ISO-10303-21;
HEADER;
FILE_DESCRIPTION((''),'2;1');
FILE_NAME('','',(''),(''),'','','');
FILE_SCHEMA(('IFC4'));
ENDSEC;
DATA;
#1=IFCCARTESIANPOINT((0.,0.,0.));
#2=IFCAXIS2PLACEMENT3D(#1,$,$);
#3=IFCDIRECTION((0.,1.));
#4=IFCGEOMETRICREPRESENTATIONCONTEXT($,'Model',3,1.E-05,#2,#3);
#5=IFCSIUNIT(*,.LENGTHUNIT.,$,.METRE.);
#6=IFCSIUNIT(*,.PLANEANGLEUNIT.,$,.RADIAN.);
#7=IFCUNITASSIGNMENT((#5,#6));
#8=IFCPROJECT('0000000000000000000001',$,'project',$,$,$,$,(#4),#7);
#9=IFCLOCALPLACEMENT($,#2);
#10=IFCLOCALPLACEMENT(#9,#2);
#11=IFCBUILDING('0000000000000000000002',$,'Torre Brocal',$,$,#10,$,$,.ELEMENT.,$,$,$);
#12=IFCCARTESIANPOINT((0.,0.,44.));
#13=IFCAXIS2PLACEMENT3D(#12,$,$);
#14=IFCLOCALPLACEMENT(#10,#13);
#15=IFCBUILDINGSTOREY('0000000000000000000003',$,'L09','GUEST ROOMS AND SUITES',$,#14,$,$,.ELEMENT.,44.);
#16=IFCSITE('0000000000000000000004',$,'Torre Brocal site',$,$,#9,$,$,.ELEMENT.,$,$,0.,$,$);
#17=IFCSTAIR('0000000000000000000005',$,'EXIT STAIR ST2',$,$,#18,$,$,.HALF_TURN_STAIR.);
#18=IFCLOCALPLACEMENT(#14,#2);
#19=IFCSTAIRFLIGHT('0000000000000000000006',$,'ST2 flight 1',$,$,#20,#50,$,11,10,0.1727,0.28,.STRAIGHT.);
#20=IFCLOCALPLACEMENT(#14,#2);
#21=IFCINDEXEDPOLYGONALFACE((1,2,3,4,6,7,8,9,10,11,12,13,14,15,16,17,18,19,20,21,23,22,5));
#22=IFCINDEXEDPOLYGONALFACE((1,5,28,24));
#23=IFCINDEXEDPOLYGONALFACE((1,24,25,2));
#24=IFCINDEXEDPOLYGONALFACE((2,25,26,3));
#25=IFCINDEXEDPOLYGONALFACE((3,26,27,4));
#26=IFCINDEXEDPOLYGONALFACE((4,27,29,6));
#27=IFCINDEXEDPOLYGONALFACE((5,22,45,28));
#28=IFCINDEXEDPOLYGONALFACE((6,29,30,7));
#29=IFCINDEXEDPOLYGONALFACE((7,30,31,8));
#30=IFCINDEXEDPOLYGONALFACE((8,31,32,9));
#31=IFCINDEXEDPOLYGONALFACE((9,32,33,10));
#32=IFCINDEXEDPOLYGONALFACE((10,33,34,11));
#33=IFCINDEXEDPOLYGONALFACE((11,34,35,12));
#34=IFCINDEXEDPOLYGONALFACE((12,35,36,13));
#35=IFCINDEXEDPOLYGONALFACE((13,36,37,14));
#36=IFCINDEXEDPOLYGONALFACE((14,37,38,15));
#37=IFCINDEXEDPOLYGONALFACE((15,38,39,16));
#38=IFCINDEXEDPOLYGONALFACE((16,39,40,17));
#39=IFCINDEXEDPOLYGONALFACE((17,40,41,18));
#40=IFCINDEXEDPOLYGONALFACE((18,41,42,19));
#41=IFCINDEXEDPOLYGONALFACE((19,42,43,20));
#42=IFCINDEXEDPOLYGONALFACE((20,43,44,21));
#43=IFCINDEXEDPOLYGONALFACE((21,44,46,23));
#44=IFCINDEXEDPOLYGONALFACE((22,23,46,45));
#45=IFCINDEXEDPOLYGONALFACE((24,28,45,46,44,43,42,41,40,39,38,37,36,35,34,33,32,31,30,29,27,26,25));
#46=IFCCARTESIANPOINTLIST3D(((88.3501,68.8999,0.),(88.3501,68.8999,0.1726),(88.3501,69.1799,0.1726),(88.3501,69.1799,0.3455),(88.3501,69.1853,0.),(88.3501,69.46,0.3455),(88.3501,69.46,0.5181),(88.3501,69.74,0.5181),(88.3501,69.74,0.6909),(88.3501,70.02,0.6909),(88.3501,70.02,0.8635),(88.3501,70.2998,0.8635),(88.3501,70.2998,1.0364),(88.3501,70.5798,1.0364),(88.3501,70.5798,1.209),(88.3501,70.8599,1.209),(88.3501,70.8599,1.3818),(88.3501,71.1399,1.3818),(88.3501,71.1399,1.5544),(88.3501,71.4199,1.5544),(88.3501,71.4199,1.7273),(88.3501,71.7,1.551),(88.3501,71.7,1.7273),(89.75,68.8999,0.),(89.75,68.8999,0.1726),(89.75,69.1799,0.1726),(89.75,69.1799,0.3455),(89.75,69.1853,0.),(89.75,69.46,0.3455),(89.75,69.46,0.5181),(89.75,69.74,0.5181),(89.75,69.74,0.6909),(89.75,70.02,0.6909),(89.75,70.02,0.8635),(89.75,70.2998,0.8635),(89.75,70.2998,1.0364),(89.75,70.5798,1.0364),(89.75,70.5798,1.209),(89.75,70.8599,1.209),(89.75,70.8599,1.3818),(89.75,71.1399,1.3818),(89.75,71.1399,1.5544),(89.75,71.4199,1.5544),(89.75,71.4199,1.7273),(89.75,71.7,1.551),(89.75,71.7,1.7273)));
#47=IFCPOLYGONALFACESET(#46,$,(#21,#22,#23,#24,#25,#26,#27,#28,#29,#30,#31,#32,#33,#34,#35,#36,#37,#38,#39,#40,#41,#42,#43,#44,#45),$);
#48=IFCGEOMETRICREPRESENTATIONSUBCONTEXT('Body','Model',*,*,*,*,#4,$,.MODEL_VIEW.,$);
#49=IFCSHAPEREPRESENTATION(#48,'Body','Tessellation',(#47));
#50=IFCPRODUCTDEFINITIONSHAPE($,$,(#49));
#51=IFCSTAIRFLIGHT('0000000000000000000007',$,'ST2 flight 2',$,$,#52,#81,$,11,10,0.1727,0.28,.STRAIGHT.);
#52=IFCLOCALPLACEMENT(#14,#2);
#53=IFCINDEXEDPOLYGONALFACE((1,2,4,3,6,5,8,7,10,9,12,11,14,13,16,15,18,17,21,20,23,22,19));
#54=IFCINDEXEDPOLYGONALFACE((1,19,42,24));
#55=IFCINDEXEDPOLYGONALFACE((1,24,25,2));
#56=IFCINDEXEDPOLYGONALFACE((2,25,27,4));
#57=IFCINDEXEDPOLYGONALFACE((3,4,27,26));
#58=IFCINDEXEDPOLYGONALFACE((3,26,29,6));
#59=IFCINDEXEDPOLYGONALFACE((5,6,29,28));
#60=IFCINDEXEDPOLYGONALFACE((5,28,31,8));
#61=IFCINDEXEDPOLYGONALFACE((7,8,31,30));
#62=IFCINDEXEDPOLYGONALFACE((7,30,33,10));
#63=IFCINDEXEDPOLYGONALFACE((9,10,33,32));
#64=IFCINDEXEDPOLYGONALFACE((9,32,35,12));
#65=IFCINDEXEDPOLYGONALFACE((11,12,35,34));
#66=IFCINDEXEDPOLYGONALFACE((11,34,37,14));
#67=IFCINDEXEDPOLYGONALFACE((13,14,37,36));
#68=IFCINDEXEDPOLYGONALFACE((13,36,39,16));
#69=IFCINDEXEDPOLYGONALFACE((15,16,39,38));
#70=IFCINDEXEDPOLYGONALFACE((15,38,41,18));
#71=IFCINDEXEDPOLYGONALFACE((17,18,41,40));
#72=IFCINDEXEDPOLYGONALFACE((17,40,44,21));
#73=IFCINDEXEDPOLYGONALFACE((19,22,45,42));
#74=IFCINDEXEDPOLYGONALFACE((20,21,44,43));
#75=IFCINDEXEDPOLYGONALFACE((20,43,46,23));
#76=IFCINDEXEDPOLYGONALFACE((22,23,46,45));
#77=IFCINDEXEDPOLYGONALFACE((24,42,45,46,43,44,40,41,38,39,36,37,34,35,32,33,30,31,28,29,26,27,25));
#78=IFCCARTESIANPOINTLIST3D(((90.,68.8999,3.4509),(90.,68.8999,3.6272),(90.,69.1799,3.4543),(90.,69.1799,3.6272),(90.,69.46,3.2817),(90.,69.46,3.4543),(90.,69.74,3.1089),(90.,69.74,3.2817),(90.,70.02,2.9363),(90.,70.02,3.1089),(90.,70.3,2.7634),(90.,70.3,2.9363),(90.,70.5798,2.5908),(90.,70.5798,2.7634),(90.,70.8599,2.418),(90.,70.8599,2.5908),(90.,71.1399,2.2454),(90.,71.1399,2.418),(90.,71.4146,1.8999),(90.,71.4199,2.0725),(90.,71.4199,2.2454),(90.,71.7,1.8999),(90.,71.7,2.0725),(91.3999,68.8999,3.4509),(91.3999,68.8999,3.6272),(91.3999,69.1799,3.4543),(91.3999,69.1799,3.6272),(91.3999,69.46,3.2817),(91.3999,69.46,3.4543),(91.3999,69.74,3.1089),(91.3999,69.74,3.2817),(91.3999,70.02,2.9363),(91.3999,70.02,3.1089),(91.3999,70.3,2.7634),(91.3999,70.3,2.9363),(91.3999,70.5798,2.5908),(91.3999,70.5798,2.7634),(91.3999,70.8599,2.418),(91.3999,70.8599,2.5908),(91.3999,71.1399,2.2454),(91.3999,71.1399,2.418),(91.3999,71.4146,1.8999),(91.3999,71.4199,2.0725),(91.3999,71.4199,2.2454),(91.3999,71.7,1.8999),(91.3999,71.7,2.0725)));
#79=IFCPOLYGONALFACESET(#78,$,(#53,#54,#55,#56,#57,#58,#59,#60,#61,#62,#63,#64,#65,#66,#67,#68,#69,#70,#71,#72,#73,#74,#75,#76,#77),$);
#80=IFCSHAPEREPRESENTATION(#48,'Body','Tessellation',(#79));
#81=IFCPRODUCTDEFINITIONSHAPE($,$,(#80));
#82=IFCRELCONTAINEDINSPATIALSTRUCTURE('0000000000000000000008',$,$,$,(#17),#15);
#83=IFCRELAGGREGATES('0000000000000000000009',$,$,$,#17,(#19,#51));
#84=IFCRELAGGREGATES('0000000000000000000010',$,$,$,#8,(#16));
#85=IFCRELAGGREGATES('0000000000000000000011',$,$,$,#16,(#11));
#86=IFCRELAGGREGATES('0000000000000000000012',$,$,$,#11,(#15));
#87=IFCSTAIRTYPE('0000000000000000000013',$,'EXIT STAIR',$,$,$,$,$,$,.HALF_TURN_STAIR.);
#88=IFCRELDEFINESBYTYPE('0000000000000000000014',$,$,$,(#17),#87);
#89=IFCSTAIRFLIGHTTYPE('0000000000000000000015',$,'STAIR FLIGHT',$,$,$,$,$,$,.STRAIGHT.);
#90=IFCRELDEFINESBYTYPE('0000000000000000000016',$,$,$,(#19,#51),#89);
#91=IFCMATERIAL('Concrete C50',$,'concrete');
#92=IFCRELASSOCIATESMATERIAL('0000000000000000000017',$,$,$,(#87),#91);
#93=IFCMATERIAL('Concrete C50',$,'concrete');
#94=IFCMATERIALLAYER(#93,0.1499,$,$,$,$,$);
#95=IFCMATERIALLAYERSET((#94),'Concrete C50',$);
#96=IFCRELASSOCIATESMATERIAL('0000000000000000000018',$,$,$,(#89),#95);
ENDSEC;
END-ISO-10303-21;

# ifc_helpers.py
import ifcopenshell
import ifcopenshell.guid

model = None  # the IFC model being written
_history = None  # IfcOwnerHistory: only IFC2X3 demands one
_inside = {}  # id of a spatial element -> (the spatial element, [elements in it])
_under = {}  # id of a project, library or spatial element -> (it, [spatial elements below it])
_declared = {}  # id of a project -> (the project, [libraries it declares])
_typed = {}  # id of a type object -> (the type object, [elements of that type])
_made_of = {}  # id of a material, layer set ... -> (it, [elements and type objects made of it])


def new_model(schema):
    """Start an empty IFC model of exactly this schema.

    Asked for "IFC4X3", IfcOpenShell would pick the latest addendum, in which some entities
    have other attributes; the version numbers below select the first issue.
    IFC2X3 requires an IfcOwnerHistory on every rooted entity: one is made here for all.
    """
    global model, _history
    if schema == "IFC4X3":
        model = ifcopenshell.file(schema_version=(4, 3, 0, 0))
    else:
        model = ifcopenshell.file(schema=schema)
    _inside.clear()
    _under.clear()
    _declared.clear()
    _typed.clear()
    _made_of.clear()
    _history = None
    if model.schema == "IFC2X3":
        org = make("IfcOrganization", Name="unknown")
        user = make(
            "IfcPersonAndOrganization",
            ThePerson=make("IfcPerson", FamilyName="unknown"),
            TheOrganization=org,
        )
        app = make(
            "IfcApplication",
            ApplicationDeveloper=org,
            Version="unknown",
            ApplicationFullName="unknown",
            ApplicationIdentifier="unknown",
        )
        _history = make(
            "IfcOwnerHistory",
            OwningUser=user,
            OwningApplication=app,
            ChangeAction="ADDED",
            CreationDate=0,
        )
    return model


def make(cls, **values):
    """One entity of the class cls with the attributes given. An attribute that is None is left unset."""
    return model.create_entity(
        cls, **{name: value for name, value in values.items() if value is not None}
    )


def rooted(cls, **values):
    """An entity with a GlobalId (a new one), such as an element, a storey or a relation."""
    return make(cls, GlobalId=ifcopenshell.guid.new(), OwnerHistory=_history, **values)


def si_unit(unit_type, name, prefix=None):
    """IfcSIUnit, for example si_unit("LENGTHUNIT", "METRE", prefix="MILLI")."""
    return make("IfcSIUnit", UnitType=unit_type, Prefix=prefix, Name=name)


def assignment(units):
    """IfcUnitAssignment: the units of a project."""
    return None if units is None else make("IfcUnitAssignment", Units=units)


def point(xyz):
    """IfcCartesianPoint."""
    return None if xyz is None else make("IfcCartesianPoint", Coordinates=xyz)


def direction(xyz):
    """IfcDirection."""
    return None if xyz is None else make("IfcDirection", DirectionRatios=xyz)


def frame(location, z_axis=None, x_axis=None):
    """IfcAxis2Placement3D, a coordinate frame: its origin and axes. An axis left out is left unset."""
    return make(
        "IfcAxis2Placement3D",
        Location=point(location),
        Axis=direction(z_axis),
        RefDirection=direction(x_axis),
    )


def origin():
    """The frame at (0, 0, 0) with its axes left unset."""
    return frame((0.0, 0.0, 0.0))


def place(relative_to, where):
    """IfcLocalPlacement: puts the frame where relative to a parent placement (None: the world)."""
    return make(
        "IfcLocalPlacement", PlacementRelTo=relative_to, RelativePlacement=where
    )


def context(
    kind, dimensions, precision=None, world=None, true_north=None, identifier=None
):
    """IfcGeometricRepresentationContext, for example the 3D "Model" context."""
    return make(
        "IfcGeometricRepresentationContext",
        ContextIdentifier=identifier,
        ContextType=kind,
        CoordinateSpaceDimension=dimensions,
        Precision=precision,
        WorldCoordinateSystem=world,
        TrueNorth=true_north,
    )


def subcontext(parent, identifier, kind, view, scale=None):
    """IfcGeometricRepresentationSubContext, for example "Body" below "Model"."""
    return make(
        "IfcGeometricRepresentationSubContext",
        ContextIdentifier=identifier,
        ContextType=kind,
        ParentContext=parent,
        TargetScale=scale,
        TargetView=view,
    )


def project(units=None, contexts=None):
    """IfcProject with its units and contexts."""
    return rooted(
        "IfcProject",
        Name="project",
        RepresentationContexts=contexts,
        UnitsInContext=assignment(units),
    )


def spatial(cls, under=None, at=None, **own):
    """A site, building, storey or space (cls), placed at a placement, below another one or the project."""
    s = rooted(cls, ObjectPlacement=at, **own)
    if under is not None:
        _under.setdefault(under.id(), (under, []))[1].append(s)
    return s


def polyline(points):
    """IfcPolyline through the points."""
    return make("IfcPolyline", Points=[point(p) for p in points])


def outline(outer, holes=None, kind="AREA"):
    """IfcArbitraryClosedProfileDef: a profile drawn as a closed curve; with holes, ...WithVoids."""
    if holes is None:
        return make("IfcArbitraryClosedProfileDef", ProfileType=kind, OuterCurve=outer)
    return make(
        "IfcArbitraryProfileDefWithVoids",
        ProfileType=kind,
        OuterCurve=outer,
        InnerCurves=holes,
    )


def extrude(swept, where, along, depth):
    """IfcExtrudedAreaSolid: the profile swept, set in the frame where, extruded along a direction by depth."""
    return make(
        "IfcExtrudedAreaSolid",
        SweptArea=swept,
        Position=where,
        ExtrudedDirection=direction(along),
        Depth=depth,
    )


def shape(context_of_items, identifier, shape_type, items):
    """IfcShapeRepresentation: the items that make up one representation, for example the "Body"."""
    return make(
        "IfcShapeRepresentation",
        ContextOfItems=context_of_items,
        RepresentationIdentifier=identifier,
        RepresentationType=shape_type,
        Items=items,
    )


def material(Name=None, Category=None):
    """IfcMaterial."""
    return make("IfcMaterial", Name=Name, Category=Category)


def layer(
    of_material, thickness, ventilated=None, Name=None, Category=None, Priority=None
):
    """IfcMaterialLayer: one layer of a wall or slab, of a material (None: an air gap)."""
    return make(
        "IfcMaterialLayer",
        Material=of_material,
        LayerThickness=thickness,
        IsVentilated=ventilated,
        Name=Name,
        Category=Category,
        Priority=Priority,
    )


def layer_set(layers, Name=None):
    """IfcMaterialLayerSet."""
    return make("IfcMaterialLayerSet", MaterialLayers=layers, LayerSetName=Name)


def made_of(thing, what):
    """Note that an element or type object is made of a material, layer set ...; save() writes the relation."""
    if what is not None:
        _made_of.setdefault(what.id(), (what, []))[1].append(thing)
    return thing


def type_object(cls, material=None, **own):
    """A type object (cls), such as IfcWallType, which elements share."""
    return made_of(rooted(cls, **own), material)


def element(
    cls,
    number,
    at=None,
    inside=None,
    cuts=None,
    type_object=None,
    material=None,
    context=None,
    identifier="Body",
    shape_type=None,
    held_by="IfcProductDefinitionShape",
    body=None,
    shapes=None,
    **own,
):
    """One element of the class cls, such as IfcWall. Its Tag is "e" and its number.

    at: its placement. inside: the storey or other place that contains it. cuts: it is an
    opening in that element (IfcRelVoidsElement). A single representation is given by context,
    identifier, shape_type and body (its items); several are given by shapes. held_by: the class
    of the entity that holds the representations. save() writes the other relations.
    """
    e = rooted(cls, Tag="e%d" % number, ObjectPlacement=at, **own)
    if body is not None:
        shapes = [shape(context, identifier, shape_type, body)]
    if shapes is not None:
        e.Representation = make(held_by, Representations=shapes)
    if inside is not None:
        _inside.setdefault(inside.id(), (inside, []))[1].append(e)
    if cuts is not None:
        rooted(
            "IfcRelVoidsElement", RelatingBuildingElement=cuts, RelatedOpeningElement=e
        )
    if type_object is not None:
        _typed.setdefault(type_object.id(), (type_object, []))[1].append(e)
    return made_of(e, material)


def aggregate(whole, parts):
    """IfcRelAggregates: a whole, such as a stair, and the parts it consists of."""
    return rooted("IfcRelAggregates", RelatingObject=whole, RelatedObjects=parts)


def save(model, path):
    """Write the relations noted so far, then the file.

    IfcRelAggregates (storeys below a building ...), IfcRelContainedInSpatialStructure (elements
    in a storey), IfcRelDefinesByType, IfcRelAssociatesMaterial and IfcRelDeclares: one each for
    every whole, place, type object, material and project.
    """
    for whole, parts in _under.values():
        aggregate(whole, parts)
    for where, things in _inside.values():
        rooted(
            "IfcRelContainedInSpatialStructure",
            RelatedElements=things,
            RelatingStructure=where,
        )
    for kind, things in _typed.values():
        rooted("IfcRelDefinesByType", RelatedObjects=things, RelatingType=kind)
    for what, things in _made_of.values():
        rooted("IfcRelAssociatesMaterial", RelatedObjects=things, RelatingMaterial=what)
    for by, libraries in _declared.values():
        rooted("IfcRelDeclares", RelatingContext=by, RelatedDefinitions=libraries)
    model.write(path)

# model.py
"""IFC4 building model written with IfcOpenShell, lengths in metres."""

from ifc_helpers import new_model, si_unit, direction, frame, origin, place, context, subcontext, project, spatial, polyline, outline, extrude, material, layer, layer_set, type_object, element, aggregate, save


model = new_model("IFC4")

# Units and contexts
model_context = context("Model", 3, precision=1e-05, world=origin(), true_north=direction((0.0, 1.0)))
body_context = subcontext(model_context, "Body", "Model", "MODEL_VIEW")
ifc_project = project(units=[si_unit("LENGTHUNIT", "METRE"), si_unit("PLANEANGLEUNIT", "RADIAN")], contexts=[model_context])

# Site, building, storey
site_placement = place(None, origin())
site = spatial("IfcSite", under=ifc_project, at=site_placement, Name="Torre Brocal site", CompositionType="ELEMENT", RefElevation=0.0)
building_placement = place(site_placement, origin())
building = spatial("IfcBuilding", under=site, at=building_placement, Name="Torre Brocal", CompositionType="ELEMENT")
storey_placement = place(building_placement, frame((0.0, 0.0, 44.0)))
storey = spatial("IfcBuildingStorey", under=building, at=storey_placement, Name="L09", Description="GUEST ROOMS AND SUITES", CompositionType="ELEMENT", Elevation=44.0)

# Stair, stair flights
ifc_material_1 = material(Name="Concrete C50", Category="concrete")
stair_type = type_object("IfcStairType", Name="EXIT STAIR", PredefinedType="HALF_TURN_STAIR", material=ifc_material_1)
stair_placement = place(storey_placement, origin())
stair = element("IfcStair", 1, at=stair_placement, inside=storey, type_object=stair_type, Name="EXIT STAIR ST2", PredefinedType="HALF_TURN_STAIR")
ifc_material_2 = material(Name="Concrete C50", Category="concrete")
ifc_layer_1 = layer(ifc_material_2, 0.1499)
ifc_layer_set_1 = layer_set([ifc_layer_1], Name="Concrete C50")
stair_flight_type = type_object("IfcStairFlightType", Name="STAIR FLIGHT", PredefinedType="STRAIGHT", material=ifc_layer_set_1)
stair_flight_1_placement = place(storey_placement, frame((89.05, 68.8999, 0.0), z_axis=(0.0, 0.0, 1.0), x_axis=(0.0, 1.0, 0.0)))
stair_flight_1 = element("IfcStairFlight", 2, at=stair_flight_1_placement, type_object=stair_flight_type, Name="ST2 flight 1", NumberOfRisers=11, NumberOfTreads=10, PredefinedType="STRAIGHT", RiserHeight=0.1727, TreadLength=0.28, context=body_context, shape_type="SweptSolid", body=[
    extrude(outline(polyline([(0.0, 0.0), (0.0, 0.1726), (0.28, 0.1726), (0.28, 0.3455), (0.5601, 0.3455), (0.5601, 0.5181), (0.8401, 0.5181), (0.8401, 0.6909), (1.1201, 0.6909), (1.1201, 0.8635), (1.3999, 0.8635), (1.3999, 1.0364), (1.6799, 1.0364), (1.6799, 1.209), (1.96, 1.209), (1.96, 1.3818), (2.24, 1.3818), (2.24, 1.5544), (2.52, 1.5544), (2.52, 1.7273), (2.8, 1.7273), (2.8, 1.8999), (2.8, 1.551), (0.2854, 0.0), (0.0, 0.0)])), frame((0.0, 0.7, 0.0), z_axis=(0.0, -1.0, 0.0), x_axis=(1.0, 0.0, 0.0)), (0.0, 0.0, 1.0), 1.3999),
])
stair_flight_2_placement = place(storey_placement, frame((90.7, 71.7, 1.8999), z_axis=(0.0, 0.0, 1.0), x_axis=(0.0, -1.0, 0.0)))
stair_flight_2 = element("IfcStairFlight", 3, at=stair_flight_2_placement, type_object=stair_flight_type, Name="ST2 flight 2", NumberOfRisers=11, NumberOfTreads=10, PredefinedType="STRAIGHT", RiserHeight=0.1727, TreadLength=0.28, context=body_context, shape_type="SweptSolid", body=[
    extrude(outline(polyline([(0.0, 0.0), (0.0, 0.1726), (0.28, 0.1726), (0.28, 0.3455), (0.5601, 0.3455), (0.5601, 0.5181), (0.8401, 0.5181), (0.8401, 0.6909), (1.1201, 0.6909), (1.1201, 0.8635), (1.3999, 0.8635), (1.3999, 1.0364), (1.6799, 1.0364), (1.6799, 1.209), (1.96, 1.209), (1.96, 1.3818), (2.24, 1.3818), (2.24, 1.5544), (2.52, 1.5544), (2.52, 1.7273), (2.8, 1.7273), (2.8, 1.8999), (2.8, 1.551), (0.2854, 0.0), (0.0, 0.0)])), frame((0.0, 0.7, 0.0), z_axis=(0.0, -1.0, 0.0), x_axis=(1.0, 0.0, 0.0)), (0.0, 0.0, 1.0), 1.3999),
])
aggregate(stair, [stair_flight_1, stair_flight_2])

save(model, "model.ifc")
